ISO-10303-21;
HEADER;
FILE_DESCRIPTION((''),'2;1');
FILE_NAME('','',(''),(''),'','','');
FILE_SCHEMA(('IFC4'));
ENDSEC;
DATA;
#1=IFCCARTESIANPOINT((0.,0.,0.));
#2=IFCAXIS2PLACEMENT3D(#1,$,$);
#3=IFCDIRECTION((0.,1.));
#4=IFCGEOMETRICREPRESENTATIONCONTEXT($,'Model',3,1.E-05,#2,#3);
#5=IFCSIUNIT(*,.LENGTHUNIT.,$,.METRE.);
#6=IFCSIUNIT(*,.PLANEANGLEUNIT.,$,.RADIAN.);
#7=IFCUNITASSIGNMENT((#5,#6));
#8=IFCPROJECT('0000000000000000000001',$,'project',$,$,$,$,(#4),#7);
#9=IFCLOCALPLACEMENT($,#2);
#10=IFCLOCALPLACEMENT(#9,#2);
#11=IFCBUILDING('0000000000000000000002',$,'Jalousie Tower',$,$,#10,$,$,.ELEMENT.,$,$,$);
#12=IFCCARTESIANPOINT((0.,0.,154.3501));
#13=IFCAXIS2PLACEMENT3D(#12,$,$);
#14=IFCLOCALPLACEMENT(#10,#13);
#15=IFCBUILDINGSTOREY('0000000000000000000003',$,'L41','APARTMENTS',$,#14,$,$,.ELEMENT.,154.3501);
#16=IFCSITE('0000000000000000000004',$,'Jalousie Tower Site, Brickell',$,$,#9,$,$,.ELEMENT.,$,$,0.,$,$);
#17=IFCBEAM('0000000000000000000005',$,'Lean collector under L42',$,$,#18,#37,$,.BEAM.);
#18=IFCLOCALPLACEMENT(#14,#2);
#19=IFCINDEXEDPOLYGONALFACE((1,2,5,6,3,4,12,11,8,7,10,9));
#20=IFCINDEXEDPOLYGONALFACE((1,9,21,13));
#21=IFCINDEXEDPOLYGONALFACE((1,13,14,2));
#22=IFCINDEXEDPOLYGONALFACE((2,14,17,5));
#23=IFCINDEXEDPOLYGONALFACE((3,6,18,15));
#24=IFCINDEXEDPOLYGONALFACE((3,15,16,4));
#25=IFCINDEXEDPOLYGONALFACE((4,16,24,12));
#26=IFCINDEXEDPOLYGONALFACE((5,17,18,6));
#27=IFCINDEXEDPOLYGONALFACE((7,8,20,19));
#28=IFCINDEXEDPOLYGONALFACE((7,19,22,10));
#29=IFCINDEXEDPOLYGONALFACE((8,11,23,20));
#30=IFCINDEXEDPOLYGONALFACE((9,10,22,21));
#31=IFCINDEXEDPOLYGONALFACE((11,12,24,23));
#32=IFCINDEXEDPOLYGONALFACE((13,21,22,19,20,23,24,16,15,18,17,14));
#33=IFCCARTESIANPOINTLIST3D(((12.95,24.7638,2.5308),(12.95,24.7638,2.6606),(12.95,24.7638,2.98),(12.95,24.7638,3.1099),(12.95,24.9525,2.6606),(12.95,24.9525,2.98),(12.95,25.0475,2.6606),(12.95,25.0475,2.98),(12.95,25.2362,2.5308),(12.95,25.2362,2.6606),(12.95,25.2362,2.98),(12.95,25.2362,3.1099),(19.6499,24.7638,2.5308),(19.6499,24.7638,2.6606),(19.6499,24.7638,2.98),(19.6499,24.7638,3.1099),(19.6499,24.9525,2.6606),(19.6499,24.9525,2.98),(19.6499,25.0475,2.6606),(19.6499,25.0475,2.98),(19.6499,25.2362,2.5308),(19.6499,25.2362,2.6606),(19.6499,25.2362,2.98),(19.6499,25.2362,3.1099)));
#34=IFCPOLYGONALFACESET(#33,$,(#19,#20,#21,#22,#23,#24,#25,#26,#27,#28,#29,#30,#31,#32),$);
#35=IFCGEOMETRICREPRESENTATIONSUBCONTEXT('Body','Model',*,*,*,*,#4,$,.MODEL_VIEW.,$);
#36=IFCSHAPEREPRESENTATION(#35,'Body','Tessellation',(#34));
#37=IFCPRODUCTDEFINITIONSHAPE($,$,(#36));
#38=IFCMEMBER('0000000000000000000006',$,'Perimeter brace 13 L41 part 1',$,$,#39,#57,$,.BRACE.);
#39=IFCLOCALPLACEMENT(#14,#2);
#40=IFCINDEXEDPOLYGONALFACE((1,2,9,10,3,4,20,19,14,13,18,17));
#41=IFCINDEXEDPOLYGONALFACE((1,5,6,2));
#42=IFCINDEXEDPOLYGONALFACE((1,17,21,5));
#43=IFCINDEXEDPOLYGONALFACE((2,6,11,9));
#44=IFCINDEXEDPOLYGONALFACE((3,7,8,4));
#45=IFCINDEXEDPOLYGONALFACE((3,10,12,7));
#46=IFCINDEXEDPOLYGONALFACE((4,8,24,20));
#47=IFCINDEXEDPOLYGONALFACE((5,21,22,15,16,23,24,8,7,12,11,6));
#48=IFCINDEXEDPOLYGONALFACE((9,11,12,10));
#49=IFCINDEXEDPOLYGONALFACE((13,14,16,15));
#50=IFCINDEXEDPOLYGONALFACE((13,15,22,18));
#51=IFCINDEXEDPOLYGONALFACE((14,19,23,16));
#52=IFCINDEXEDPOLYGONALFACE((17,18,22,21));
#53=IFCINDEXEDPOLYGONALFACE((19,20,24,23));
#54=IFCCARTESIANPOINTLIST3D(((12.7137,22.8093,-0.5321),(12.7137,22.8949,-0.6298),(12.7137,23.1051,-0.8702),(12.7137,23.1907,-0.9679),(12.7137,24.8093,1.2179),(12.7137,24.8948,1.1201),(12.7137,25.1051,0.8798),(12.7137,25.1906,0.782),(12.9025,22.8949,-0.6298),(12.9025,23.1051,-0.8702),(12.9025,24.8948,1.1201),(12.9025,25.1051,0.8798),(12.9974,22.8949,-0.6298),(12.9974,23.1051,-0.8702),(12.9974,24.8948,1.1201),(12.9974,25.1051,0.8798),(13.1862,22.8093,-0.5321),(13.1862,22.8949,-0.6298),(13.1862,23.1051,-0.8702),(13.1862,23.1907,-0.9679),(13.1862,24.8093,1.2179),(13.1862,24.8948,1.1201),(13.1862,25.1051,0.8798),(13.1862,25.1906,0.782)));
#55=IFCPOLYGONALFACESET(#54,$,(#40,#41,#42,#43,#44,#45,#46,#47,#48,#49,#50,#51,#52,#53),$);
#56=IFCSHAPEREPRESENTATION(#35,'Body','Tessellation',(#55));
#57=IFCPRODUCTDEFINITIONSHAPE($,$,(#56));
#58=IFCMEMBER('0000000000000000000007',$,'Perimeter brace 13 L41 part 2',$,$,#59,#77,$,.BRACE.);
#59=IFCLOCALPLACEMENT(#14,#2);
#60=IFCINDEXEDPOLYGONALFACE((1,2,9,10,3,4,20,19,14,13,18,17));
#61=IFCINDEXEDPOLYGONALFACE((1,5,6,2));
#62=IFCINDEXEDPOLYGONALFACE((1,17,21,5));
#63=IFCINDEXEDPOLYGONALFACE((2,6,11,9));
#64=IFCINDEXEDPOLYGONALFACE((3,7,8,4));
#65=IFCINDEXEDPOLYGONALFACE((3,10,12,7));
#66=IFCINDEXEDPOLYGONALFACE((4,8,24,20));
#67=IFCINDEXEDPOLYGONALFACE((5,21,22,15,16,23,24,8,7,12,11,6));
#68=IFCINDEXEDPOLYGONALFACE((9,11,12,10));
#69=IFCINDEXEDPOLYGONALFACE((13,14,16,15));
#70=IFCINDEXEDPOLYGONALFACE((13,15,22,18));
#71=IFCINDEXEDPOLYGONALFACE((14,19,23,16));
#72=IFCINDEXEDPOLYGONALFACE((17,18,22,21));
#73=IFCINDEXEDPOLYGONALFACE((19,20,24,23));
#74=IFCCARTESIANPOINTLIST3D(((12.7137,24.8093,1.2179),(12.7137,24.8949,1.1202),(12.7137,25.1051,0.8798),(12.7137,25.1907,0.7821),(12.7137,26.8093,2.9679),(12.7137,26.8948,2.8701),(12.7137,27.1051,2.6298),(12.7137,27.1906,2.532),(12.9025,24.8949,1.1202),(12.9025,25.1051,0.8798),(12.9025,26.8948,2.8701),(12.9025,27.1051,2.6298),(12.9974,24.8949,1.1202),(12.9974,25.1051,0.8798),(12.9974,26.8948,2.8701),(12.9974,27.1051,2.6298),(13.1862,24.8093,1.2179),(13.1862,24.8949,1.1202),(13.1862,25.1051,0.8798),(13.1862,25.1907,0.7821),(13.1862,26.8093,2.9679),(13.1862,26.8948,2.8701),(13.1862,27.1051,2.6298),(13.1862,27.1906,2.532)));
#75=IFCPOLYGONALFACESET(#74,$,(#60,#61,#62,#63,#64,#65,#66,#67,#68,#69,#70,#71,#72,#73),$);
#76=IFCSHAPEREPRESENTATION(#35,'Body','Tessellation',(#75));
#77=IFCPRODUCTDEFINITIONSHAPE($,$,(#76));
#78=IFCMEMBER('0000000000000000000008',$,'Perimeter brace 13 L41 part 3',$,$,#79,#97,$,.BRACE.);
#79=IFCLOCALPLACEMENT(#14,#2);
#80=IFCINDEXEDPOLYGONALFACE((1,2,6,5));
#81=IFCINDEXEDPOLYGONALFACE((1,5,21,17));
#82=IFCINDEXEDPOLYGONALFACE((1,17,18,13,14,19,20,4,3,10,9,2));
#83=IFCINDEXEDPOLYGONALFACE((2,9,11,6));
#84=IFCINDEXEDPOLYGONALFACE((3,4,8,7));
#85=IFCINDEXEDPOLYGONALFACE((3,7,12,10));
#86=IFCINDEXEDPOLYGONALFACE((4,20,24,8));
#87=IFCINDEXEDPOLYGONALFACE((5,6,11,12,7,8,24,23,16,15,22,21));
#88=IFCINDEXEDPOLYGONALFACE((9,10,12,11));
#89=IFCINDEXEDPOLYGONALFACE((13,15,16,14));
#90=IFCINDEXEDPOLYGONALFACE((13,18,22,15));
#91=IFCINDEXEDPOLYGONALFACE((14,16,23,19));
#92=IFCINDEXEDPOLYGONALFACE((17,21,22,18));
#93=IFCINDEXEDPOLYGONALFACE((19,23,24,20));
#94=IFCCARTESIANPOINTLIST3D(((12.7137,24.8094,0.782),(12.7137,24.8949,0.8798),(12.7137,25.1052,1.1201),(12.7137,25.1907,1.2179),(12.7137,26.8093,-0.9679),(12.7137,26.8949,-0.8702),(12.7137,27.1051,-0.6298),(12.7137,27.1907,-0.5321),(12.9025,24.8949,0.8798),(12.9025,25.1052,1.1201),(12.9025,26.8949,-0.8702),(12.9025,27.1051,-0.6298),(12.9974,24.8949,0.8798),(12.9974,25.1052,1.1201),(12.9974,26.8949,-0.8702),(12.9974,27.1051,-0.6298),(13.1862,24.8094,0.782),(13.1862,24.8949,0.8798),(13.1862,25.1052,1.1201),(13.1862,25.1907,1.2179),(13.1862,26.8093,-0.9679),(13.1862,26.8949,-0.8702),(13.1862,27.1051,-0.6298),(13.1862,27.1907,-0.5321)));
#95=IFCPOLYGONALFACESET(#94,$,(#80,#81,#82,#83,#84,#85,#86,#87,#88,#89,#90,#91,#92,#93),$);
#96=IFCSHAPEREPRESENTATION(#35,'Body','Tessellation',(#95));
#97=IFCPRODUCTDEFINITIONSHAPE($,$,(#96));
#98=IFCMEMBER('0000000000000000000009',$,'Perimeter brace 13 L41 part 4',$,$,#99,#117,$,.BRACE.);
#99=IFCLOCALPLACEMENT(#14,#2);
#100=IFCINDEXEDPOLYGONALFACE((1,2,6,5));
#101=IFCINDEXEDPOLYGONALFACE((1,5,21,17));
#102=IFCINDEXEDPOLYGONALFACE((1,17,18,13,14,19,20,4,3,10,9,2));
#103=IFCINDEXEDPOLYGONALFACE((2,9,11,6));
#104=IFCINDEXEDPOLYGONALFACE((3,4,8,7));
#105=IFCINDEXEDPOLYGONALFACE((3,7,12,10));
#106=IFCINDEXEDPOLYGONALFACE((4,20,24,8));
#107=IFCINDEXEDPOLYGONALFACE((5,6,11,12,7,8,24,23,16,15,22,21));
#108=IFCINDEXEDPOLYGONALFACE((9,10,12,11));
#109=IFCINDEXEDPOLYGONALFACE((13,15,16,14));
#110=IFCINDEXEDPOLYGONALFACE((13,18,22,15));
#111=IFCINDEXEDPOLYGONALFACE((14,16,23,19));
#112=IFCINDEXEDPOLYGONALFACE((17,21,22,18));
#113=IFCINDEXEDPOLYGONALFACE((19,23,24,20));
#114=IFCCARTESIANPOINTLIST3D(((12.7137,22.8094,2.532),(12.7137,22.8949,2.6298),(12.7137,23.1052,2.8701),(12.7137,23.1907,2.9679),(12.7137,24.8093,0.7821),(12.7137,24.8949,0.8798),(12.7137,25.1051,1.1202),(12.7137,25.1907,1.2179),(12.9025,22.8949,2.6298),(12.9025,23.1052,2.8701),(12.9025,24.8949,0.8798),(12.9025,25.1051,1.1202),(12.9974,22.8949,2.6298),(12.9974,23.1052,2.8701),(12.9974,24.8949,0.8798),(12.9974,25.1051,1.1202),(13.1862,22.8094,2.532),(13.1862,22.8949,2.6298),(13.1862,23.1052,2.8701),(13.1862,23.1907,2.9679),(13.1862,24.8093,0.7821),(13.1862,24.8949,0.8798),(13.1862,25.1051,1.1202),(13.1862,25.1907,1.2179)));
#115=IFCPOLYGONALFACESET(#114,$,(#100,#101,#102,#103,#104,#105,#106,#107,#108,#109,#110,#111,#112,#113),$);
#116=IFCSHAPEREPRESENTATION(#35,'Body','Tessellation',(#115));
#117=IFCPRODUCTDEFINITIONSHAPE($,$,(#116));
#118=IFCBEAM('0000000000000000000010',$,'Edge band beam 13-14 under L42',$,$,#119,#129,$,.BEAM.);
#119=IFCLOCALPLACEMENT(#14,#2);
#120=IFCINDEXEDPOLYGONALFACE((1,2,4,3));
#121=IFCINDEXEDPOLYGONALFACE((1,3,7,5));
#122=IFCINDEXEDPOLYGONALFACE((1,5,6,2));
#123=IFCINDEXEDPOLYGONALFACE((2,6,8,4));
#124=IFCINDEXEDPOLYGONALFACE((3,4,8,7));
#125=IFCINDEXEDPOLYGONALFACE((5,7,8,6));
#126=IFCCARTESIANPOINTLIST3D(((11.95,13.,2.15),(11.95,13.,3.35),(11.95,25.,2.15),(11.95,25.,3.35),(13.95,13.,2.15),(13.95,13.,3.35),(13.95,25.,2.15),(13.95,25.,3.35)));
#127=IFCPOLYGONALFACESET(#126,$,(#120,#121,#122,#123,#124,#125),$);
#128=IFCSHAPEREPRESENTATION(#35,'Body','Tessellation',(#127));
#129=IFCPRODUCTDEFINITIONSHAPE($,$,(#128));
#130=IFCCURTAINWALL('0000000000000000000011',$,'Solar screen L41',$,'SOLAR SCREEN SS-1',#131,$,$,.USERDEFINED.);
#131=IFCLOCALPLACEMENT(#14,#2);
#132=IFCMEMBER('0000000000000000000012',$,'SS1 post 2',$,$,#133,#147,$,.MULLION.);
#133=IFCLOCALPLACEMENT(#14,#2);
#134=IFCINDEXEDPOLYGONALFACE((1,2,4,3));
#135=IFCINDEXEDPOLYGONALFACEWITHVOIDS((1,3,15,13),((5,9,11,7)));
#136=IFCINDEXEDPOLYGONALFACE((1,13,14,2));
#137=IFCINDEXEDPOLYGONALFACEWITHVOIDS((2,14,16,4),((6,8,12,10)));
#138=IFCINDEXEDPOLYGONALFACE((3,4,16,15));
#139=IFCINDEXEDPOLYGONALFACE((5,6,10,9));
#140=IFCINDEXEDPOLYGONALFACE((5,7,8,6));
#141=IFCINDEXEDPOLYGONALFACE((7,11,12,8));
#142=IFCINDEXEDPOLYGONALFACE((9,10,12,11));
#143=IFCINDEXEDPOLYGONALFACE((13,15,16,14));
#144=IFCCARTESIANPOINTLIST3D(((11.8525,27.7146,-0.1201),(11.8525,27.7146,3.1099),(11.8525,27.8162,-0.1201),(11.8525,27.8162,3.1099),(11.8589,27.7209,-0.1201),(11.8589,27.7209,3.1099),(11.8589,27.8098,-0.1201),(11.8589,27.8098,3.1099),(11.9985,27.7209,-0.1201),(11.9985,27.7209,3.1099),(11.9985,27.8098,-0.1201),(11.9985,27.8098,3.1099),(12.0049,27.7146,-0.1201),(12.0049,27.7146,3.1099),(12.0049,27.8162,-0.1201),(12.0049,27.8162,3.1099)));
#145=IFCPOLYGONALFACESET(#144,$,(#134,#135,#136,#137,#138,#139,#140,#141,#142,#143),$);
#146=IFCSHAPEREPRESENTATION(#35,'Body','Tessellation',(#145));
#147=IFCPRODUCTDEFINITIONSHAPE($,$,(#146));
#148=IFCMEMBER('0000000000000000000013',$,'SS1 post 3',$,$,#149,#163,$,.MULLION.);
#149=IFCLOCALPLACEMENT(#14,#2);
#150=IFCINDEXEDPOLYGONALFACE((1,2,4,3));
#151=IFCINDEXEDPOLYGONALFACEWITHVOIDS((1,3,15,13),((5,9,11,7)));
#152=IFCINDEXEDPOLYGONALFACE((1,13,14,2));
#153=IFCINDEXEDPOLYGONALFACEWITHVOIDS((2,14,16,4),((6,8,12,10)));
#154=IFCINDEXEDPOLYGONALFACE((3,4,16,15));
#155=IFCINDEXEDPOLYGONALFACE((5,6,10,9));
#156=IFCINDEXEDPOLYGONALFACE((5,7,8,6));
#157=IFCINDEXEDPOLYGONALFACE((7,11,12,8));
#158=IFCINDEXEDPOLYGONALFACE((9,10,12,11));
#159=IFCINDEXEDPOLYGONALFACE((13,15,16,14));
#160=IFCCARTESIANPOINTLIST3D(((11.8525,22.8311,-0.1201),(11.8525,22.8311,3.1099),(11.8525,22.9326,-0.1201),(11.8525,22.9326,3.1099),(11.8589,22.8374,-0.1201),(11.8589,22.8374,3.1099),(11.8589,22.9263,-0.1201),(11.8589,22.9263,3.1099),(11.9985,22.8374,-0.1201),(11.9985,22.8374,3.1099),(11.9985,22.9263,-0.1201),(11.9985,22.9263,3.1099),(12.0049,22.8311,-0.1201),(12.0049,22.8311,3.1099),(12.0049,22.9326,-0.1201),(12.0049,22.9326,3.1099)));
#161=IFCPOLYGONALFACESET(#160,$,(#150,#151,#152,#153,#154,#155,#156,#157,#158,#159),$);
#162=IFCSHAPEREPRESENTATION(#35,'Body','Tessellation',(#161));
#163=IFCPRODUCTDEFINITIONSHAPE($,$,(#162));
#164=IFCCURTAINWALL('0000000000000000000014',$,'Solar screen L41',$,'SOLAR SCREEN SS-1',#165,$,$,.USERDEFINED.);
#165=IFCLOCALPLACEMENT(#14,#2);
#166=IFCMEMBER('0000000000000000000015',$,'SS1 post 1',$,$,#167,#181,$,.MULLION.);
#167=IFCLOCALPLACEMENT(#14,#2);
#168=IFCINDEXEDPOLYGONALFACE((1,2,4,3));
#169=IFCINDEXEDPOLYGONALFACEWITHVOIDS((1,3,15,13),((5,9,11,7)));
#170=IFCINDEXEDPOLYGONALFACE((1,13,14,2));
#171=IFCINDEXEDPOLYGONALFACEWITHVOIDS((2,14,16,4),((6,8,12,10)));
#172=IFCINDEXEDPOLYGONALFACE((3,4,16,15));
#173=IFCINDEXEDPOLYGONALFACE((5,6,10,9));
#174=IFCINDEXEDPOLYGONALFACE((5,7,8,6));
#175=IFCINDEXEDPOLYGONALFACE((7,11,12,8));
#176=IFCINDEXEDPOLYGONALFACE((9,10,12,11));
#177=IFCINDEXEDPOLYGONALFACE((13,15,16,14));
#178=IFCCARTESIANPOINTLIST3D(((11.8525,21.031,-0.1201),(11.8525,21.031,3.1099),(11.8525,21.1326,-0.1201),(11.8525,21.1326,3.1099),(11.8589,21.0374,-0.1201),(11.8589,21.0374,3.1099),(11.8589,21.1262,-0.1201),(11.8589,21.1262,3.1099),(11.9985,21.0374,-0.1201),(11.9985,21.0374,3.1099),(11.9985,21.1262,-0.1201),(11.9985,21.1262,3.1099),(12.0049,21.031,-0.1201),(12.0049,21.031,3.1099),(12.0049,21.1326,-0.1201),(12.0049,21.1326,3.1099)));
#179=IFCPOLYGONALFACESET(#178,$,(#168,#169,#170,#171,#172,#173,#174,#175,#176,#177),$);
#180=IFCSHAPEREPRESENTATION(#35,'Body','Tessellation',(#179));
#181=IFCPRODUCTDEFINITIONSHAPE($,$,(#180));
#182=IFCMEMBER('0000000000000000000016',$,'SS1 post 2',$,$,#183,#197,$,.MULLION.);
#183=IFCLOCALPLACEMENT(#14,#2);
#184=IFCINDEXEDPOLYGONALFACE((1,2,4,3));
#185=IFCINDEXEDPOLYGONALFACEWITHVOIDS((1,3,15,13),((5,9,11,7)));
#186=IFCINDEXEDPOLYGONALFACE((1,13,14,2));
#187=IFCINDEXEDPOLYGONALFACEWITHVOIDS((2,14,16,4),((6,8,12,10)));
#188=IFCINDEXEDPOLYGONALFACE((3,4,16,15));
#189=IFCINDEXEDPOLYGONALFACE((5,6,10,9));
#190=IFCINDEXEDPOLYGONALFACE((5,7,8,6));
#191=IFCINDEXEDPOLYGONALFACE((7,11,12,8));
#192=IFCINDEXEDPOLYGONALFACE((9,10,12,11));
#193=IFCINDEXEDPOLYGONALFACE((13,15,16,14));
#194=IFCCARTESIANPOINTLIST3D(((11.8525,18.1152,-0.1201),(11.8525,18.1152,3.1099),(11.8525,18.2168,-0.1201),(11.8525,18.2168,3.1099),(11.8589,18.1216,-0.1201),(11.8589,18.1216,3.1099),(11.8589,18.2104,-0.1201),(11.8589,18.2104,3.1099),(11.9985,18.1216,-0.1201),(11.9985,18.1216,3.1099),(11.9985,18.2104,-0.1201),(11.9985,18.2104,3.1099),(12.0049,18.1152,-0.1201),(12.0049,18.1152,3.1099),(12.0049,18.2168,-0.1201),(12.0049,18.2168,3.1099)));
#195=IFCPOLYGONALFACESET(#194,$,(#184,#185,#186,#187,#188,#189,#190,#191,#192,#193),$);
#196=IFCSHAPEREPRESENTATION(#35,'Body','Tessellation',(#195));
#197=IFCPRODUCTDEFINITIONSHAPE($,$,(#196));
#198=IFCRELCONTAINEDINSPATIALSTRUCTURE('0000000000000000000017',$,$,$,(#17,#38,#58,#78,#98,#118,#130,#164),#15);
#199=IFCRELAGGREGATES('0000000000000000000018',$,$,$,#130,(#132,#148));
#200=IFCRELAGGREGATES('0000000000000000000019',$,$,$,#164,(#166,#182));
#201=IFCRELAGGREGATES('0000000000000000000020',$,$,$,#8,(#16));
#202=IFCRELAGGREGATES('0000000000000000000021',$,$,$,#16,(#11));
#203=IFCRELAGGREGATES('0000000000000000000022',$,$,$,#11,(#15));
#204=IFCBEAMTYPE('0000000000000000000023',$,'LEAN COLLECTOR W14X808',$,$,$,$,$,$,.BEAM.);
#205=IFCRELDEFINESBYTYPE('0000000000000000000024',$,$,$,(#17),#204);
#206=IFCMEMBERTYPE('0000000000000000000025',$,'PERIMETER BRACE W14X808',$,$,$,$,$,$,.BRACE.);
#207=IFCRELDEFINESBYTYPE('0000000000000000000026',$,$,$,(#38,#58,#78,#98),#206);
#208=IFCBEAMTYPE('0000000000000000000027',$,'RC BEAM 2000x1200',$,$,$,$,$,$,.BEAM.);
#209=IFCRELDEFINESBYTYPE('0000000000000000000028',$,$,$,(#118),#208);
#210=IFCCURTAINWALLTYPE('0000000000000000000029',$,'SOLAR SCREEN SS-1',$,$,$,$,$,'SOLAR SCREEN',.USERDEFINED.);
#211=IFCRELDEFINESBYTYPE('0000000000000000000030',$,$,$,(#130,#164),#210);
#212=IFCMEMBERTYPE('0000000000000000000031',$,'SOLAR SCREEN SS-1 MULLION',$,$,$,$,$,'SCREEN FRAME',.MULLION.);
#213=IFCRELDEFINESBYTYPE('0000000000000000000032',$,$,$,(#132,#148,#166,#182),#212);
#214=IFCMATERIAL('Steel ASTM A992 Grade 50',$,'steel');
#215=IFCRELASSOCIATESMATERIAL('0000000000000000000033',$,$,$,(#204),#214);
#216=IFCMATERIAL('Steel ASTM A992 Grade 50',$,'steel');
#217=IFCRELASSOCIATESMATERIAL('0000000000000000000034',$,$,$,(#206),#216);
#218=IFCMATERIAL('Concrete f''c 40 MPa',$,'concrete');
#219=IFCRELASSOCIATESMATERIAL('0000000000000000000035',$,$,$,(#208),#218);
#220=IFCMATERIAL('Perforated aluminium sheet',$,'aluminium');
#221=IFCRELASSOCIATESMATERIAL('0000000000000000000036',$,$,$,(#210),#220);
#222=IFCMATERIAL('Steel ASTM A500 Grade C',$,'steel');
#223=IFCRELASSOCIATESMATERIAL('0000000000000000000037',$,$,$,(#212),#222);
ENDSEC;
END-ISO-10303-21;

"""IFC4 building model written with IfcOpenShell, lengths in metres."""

from ifc_helpers import new_model, si_unit, direction, frame, origin, origin_2d, place, context, subcontext, project, spatial, rectangle, hollow_rectangle, i_section, extrude, material, material_profile, profile_set, type_object, element, aggregate, save


model = new_model("IFC4")

# Units and contexts
model_context = context("Model", 3, precision=1e-05, world=origin(), true_north=direction((0.0, 1.0)))
body_context = subcontext(model_context, "Body", "Model", "MODEL_VIEW")
ifc_project = project(units=[si_unit("LENGTHUNIT", "METRE"), si_unit("PLANEANGLEUNIT", "RADIAN")], contexts=[model_context])

# Site, building, storey
site_placement = place(None, origin())
site = spatial("IfcSite", under=ifc_project, at=site_placement, Name="Jalousie Tower Site, Brickell", CompositionType="ELEMENT", RefElevation=0.0)
building_placement = place(site_placement, origin())
building = spatial("IfcBuilding", under=site, at=building_placement, Name="Jalousie Tower", CompositionType="ELEMENT")
storey_placement = place(building_placement, frame((0.0, 0.0, 154.3501)))
storey = spatial("IfcBuildingStorey", under=building, at=storey_placement, Name="L41", Description="APARTMENTS", CompositionType="ELEMENT", Elevation=154.3501)

# Beam
ifc_material_1 = material(Name="Steel ASTM A992 Grade 50", Category="steel")
ifc_material_profile_1 = material_profile(ifc_material_1, i_section(OverallWidth=0.4724, OverallDepth=0.5791, WebThickness=0.095, FlangeThickness=0.1299, at=origin_2d()), Name="W14X808")
ifc_profile_set_1 = profile_set([ifc_material_profile_1], Name="Steel ASTM A992 Grade 50")
beam_type_1 = type_object("IfcBeamType", Name="LEAN COLLECTOR W14X808", PredefinedType="BEAM", material=ifc_profile_set_1)
beam_1_placement = place(storey_placement, frame((12.95, 25.0, 2.8203), z_axis=(1.0, 0.0, 0.0), x_axis=(0.0, 1.0, 0.0)))
element("IfcBeam", 1, at=beam_1_placement, inside=storey, type_object=beam_type_1, Name="Lean collector under L42", PredefinedType="BEAM", context=body_context, shape_type="SweptSolid", body=[
    extrude(i_section(OverallWidth=0.4724, OverallDepth=0.5791, WebThickness=0.095, FlangeThickness=0.1299, at=origin_2d()), origin(), (0.0, 0.0, 1.0), 6.7),
])

# Members
ifc_material_2 = material(Name="Steel ASTM A992 Grade 50", Category="steel")
ifc_material_profile_2 = material_profile(ifc_material_2, i_section(OverallWidth=0.4724, OverallDepth=0.5791, WebThickness=0.095, FlangeThickness=0.1299, at=origin_2d()), Name="W14X808")
ifc_profile_set_2 = profile_set([ifc_material_profile_2], Name="Steel ASTM A992 Grade 50")
member_type_1 = type_object("IfcMemberType", Name="PERIMETER BRACE W14X808", PredefinedType="BRACE", material=ifc_profile_set_2)
for number, where, z_axis, x_axis, name in (
    (2, (12.95, 23.0, -0.75), (0.0, 0.752577, 0.658505), (-1.0, 0.0, 0.0), "Perimeter brace 13 L41 part 1"),
    (3, (12.95, 25.0, 1.0), (0.0, 0.752577, 0.658505), (-1.0, 0.0, 0.0), "Perimeter brace 13 L41 part 2"),
    (4, (12.95, 27.0, -0.75), (0.0, -0.752577, 0.658505), (1.0, 0.0, 0.0), "Perimeter brace 13 L41 part 3"),
    (5, (12.95, 25.0, 1.0), (0.0, -0.752577, 0.658505), (1.0, 0.0, 0.0), "Perimeter brace 13 L41 part 4"),
):
    element("IfcMember", number, at=place(storey_placement, frame(where, z_axis=z_axis, x_axis=x_axis)), inside=storey, type_object=member_type_1, Name=name, PredefinedType="BRACE", context=body_context, shape_type="SweptSolid", body=[
        extrude(i_section(OverallWidth=0.4724, OverallDepth=0.5791, WebThickness=0.095, FlangeThickness=0.1299, at=origin_2d()), origin(), (0.0, 0.0, 1.0), 2.6575),
    ])

# Beam
ifc_material_3 = material(Name="Concrete f'c 40 MPa", Category="concrete")
ifc_material_profile_3 = material_profile(ifc_material_3, rectangle(XDim=2.0, YDim=1.2, at=origin_2d()), Name="RC 2000x1200")
ifc_profile_set_3 = profile_set([ifc_material_profile_3], Name="Concrete f'c 40 MPa")
beam_type_2 = type_object("IfcBeamType", Name="RC BEAM 2000x1200", PredefinedType="BEAM", material=ifc_profile_set_3)
beam_2_placement = place(storey_placement, frame((12.95, 25.0, 2.75), z_axis=(0.0, -1.0, 0.0), x_axis=(1.0, 0.0, 0.0)))
element("IfcBeam", 6, at=beam_2_placement, inside=storey, type_object=beam_type_2, Name="Edge band beam 13-14 under L42", PredefinedType="BEAM", context=body_context, shape_type="SweptSolid", body=[
    extrude(rectangle(XDim=2.0, YDim=1.2, at=origin_2d()), origin(), (0.0, 0.0, 1.0), 12.0),
])

# Curtain walls, members
ifc_material_4 = material(Name="Perforated aluminium sheet", Category="aluminium")
curtain_wall_type = type_object("IfcCurtainWallType", Name="SOLAR SCREEN SS-1", ElementType="SOLAR SCREEN", PredefinedType="USERDEFINED", material=ifc_material_4)
curtain_wall_1_placement = place(storey_placement, origin())
curtain_wall_1 = element("IfcCurtainWall", 7, at=curtain_wall_1_placement, inside=storey, type_object=curtain_wall_type, Name="Solar screen L41", ObjectType="SOLAR SCREEN SS-1", PredefinedType="USERDEFINED")
ifc_material_5 = material(Name="Steel ASTM A500 Grade C", Category="steel")
ifc_material_profile_4 = material_profile(ifc_material_5, hollow_rectangle(XDim=0.1016, YDim=0.1523, WallThickness=0.0063, at=origin_2d()), Name="HSS6X4X1/4")
ifc_profile_set_4 = profile_set([ifc_material_profile_4], Name="Steel ASTM A500 Grade C")
member_type_2 = type_object("IfcMemberType", Name="SOLAR SCREEN SS-1 MULLION", ElementType="SCREEN FRAME", PredefinedType="MULLION", material=ifc_profile_set_4)
member_1_placement = place(storey_placement, frame((11.9287, 27.7654, -0.1201), z_axis=(0.0, 0.0, 1.0), x_axis=(0.0, -1.0, 0.0)))
member_1 = element("IfcMember", 8, at=member_1_placement, type_object=member_type_2, Name="SS1 post 2", PredefinedType="MULLION", context=body_context, shape_type="SweptSolid", body=[
    extrude(hollow_rectangle(XDim=0.1016, YDim=0.1523, WallThickness=0.0063, at=origin_2d()), origin(), (0.0, 0.0, 1.0), 3.23),
])
member_2_placement = place(storey_placement, frame((11.9287, 22.8818, -0.1201), z_axis=(0.0, 0.0, 1.0), x_axis=(0.0, -1.0, 0.0)))
member_2 = element("IfcMember", 9, at=member_2_placement, type_object=member_type_2, Name="SS1 post 3", PredefinedType="MULLION", context=body_context, shape_type="SweptSolid", body=[
    extrude(hollow_rectangle(XDim=0.1016, YDim=0.1523, WallThickness=0.0063, at=origin_2d()), origin(), (0.0, 0.0, 1.0), 3.23),
])
curtain_wall_2_placement = place(storey_placement, origin())
curtain_wall_2 = element("IfcCurtainWall", 10, at=curtain_wall_2_placement, inside=storey, type_object=curtain_wall_type, Name="Solar screen L41", ObjectType="SOLAR SCREEN SS-1", PredefinedType="USERDEFINED")
member_3_placement = place(storey_placement, frame((11.9287, 21.0818, -0.1201), z_axis=(0.0, 0.0, 1.0), x_axis=(0.0, -1.0, 0.0)))
member_3 = element("IfcMember", 11, at=member_3_placement, type_object=member_type_2, Name="SS1 post 1", PredefinedType="MULLION", context=body_context, shape_type="SweptSolid", body=[
    extrude(hollow_rectangle(XDim=0.1016, YDim=0.1523, WallThickness=0.0063, at=origin_2d()), origin(), (0.0, 0.0, 1.0), 3.23),
])
member_4_placement = place(storey_placement, frame((11.9287, 18.166, -0.1201), z_axis=(0.0, 0.0, 1.0), x_axis=(0.0, -1.0, 0.0)))
member_4 = element("IfcMember", 12, at=member_4_placement, type_object=member_type_2, Name="SS1 post 2", PredefinedType="MULLION", context=body_context, shape_type="SweptSolid", body=[
    extrude(hollow_rectangle(XDim=0.1016, YDim=0.1523, WallThickness=0.0063, at=origin_2d()), origin(), (0.0, 0.0, 1.0), 3.23),
])

aggregate(curtain_wall_1, [member_1, member_2])
aggregate(curtain_wall_2, [member_3, member_4])

save(model, "model.ifc")
